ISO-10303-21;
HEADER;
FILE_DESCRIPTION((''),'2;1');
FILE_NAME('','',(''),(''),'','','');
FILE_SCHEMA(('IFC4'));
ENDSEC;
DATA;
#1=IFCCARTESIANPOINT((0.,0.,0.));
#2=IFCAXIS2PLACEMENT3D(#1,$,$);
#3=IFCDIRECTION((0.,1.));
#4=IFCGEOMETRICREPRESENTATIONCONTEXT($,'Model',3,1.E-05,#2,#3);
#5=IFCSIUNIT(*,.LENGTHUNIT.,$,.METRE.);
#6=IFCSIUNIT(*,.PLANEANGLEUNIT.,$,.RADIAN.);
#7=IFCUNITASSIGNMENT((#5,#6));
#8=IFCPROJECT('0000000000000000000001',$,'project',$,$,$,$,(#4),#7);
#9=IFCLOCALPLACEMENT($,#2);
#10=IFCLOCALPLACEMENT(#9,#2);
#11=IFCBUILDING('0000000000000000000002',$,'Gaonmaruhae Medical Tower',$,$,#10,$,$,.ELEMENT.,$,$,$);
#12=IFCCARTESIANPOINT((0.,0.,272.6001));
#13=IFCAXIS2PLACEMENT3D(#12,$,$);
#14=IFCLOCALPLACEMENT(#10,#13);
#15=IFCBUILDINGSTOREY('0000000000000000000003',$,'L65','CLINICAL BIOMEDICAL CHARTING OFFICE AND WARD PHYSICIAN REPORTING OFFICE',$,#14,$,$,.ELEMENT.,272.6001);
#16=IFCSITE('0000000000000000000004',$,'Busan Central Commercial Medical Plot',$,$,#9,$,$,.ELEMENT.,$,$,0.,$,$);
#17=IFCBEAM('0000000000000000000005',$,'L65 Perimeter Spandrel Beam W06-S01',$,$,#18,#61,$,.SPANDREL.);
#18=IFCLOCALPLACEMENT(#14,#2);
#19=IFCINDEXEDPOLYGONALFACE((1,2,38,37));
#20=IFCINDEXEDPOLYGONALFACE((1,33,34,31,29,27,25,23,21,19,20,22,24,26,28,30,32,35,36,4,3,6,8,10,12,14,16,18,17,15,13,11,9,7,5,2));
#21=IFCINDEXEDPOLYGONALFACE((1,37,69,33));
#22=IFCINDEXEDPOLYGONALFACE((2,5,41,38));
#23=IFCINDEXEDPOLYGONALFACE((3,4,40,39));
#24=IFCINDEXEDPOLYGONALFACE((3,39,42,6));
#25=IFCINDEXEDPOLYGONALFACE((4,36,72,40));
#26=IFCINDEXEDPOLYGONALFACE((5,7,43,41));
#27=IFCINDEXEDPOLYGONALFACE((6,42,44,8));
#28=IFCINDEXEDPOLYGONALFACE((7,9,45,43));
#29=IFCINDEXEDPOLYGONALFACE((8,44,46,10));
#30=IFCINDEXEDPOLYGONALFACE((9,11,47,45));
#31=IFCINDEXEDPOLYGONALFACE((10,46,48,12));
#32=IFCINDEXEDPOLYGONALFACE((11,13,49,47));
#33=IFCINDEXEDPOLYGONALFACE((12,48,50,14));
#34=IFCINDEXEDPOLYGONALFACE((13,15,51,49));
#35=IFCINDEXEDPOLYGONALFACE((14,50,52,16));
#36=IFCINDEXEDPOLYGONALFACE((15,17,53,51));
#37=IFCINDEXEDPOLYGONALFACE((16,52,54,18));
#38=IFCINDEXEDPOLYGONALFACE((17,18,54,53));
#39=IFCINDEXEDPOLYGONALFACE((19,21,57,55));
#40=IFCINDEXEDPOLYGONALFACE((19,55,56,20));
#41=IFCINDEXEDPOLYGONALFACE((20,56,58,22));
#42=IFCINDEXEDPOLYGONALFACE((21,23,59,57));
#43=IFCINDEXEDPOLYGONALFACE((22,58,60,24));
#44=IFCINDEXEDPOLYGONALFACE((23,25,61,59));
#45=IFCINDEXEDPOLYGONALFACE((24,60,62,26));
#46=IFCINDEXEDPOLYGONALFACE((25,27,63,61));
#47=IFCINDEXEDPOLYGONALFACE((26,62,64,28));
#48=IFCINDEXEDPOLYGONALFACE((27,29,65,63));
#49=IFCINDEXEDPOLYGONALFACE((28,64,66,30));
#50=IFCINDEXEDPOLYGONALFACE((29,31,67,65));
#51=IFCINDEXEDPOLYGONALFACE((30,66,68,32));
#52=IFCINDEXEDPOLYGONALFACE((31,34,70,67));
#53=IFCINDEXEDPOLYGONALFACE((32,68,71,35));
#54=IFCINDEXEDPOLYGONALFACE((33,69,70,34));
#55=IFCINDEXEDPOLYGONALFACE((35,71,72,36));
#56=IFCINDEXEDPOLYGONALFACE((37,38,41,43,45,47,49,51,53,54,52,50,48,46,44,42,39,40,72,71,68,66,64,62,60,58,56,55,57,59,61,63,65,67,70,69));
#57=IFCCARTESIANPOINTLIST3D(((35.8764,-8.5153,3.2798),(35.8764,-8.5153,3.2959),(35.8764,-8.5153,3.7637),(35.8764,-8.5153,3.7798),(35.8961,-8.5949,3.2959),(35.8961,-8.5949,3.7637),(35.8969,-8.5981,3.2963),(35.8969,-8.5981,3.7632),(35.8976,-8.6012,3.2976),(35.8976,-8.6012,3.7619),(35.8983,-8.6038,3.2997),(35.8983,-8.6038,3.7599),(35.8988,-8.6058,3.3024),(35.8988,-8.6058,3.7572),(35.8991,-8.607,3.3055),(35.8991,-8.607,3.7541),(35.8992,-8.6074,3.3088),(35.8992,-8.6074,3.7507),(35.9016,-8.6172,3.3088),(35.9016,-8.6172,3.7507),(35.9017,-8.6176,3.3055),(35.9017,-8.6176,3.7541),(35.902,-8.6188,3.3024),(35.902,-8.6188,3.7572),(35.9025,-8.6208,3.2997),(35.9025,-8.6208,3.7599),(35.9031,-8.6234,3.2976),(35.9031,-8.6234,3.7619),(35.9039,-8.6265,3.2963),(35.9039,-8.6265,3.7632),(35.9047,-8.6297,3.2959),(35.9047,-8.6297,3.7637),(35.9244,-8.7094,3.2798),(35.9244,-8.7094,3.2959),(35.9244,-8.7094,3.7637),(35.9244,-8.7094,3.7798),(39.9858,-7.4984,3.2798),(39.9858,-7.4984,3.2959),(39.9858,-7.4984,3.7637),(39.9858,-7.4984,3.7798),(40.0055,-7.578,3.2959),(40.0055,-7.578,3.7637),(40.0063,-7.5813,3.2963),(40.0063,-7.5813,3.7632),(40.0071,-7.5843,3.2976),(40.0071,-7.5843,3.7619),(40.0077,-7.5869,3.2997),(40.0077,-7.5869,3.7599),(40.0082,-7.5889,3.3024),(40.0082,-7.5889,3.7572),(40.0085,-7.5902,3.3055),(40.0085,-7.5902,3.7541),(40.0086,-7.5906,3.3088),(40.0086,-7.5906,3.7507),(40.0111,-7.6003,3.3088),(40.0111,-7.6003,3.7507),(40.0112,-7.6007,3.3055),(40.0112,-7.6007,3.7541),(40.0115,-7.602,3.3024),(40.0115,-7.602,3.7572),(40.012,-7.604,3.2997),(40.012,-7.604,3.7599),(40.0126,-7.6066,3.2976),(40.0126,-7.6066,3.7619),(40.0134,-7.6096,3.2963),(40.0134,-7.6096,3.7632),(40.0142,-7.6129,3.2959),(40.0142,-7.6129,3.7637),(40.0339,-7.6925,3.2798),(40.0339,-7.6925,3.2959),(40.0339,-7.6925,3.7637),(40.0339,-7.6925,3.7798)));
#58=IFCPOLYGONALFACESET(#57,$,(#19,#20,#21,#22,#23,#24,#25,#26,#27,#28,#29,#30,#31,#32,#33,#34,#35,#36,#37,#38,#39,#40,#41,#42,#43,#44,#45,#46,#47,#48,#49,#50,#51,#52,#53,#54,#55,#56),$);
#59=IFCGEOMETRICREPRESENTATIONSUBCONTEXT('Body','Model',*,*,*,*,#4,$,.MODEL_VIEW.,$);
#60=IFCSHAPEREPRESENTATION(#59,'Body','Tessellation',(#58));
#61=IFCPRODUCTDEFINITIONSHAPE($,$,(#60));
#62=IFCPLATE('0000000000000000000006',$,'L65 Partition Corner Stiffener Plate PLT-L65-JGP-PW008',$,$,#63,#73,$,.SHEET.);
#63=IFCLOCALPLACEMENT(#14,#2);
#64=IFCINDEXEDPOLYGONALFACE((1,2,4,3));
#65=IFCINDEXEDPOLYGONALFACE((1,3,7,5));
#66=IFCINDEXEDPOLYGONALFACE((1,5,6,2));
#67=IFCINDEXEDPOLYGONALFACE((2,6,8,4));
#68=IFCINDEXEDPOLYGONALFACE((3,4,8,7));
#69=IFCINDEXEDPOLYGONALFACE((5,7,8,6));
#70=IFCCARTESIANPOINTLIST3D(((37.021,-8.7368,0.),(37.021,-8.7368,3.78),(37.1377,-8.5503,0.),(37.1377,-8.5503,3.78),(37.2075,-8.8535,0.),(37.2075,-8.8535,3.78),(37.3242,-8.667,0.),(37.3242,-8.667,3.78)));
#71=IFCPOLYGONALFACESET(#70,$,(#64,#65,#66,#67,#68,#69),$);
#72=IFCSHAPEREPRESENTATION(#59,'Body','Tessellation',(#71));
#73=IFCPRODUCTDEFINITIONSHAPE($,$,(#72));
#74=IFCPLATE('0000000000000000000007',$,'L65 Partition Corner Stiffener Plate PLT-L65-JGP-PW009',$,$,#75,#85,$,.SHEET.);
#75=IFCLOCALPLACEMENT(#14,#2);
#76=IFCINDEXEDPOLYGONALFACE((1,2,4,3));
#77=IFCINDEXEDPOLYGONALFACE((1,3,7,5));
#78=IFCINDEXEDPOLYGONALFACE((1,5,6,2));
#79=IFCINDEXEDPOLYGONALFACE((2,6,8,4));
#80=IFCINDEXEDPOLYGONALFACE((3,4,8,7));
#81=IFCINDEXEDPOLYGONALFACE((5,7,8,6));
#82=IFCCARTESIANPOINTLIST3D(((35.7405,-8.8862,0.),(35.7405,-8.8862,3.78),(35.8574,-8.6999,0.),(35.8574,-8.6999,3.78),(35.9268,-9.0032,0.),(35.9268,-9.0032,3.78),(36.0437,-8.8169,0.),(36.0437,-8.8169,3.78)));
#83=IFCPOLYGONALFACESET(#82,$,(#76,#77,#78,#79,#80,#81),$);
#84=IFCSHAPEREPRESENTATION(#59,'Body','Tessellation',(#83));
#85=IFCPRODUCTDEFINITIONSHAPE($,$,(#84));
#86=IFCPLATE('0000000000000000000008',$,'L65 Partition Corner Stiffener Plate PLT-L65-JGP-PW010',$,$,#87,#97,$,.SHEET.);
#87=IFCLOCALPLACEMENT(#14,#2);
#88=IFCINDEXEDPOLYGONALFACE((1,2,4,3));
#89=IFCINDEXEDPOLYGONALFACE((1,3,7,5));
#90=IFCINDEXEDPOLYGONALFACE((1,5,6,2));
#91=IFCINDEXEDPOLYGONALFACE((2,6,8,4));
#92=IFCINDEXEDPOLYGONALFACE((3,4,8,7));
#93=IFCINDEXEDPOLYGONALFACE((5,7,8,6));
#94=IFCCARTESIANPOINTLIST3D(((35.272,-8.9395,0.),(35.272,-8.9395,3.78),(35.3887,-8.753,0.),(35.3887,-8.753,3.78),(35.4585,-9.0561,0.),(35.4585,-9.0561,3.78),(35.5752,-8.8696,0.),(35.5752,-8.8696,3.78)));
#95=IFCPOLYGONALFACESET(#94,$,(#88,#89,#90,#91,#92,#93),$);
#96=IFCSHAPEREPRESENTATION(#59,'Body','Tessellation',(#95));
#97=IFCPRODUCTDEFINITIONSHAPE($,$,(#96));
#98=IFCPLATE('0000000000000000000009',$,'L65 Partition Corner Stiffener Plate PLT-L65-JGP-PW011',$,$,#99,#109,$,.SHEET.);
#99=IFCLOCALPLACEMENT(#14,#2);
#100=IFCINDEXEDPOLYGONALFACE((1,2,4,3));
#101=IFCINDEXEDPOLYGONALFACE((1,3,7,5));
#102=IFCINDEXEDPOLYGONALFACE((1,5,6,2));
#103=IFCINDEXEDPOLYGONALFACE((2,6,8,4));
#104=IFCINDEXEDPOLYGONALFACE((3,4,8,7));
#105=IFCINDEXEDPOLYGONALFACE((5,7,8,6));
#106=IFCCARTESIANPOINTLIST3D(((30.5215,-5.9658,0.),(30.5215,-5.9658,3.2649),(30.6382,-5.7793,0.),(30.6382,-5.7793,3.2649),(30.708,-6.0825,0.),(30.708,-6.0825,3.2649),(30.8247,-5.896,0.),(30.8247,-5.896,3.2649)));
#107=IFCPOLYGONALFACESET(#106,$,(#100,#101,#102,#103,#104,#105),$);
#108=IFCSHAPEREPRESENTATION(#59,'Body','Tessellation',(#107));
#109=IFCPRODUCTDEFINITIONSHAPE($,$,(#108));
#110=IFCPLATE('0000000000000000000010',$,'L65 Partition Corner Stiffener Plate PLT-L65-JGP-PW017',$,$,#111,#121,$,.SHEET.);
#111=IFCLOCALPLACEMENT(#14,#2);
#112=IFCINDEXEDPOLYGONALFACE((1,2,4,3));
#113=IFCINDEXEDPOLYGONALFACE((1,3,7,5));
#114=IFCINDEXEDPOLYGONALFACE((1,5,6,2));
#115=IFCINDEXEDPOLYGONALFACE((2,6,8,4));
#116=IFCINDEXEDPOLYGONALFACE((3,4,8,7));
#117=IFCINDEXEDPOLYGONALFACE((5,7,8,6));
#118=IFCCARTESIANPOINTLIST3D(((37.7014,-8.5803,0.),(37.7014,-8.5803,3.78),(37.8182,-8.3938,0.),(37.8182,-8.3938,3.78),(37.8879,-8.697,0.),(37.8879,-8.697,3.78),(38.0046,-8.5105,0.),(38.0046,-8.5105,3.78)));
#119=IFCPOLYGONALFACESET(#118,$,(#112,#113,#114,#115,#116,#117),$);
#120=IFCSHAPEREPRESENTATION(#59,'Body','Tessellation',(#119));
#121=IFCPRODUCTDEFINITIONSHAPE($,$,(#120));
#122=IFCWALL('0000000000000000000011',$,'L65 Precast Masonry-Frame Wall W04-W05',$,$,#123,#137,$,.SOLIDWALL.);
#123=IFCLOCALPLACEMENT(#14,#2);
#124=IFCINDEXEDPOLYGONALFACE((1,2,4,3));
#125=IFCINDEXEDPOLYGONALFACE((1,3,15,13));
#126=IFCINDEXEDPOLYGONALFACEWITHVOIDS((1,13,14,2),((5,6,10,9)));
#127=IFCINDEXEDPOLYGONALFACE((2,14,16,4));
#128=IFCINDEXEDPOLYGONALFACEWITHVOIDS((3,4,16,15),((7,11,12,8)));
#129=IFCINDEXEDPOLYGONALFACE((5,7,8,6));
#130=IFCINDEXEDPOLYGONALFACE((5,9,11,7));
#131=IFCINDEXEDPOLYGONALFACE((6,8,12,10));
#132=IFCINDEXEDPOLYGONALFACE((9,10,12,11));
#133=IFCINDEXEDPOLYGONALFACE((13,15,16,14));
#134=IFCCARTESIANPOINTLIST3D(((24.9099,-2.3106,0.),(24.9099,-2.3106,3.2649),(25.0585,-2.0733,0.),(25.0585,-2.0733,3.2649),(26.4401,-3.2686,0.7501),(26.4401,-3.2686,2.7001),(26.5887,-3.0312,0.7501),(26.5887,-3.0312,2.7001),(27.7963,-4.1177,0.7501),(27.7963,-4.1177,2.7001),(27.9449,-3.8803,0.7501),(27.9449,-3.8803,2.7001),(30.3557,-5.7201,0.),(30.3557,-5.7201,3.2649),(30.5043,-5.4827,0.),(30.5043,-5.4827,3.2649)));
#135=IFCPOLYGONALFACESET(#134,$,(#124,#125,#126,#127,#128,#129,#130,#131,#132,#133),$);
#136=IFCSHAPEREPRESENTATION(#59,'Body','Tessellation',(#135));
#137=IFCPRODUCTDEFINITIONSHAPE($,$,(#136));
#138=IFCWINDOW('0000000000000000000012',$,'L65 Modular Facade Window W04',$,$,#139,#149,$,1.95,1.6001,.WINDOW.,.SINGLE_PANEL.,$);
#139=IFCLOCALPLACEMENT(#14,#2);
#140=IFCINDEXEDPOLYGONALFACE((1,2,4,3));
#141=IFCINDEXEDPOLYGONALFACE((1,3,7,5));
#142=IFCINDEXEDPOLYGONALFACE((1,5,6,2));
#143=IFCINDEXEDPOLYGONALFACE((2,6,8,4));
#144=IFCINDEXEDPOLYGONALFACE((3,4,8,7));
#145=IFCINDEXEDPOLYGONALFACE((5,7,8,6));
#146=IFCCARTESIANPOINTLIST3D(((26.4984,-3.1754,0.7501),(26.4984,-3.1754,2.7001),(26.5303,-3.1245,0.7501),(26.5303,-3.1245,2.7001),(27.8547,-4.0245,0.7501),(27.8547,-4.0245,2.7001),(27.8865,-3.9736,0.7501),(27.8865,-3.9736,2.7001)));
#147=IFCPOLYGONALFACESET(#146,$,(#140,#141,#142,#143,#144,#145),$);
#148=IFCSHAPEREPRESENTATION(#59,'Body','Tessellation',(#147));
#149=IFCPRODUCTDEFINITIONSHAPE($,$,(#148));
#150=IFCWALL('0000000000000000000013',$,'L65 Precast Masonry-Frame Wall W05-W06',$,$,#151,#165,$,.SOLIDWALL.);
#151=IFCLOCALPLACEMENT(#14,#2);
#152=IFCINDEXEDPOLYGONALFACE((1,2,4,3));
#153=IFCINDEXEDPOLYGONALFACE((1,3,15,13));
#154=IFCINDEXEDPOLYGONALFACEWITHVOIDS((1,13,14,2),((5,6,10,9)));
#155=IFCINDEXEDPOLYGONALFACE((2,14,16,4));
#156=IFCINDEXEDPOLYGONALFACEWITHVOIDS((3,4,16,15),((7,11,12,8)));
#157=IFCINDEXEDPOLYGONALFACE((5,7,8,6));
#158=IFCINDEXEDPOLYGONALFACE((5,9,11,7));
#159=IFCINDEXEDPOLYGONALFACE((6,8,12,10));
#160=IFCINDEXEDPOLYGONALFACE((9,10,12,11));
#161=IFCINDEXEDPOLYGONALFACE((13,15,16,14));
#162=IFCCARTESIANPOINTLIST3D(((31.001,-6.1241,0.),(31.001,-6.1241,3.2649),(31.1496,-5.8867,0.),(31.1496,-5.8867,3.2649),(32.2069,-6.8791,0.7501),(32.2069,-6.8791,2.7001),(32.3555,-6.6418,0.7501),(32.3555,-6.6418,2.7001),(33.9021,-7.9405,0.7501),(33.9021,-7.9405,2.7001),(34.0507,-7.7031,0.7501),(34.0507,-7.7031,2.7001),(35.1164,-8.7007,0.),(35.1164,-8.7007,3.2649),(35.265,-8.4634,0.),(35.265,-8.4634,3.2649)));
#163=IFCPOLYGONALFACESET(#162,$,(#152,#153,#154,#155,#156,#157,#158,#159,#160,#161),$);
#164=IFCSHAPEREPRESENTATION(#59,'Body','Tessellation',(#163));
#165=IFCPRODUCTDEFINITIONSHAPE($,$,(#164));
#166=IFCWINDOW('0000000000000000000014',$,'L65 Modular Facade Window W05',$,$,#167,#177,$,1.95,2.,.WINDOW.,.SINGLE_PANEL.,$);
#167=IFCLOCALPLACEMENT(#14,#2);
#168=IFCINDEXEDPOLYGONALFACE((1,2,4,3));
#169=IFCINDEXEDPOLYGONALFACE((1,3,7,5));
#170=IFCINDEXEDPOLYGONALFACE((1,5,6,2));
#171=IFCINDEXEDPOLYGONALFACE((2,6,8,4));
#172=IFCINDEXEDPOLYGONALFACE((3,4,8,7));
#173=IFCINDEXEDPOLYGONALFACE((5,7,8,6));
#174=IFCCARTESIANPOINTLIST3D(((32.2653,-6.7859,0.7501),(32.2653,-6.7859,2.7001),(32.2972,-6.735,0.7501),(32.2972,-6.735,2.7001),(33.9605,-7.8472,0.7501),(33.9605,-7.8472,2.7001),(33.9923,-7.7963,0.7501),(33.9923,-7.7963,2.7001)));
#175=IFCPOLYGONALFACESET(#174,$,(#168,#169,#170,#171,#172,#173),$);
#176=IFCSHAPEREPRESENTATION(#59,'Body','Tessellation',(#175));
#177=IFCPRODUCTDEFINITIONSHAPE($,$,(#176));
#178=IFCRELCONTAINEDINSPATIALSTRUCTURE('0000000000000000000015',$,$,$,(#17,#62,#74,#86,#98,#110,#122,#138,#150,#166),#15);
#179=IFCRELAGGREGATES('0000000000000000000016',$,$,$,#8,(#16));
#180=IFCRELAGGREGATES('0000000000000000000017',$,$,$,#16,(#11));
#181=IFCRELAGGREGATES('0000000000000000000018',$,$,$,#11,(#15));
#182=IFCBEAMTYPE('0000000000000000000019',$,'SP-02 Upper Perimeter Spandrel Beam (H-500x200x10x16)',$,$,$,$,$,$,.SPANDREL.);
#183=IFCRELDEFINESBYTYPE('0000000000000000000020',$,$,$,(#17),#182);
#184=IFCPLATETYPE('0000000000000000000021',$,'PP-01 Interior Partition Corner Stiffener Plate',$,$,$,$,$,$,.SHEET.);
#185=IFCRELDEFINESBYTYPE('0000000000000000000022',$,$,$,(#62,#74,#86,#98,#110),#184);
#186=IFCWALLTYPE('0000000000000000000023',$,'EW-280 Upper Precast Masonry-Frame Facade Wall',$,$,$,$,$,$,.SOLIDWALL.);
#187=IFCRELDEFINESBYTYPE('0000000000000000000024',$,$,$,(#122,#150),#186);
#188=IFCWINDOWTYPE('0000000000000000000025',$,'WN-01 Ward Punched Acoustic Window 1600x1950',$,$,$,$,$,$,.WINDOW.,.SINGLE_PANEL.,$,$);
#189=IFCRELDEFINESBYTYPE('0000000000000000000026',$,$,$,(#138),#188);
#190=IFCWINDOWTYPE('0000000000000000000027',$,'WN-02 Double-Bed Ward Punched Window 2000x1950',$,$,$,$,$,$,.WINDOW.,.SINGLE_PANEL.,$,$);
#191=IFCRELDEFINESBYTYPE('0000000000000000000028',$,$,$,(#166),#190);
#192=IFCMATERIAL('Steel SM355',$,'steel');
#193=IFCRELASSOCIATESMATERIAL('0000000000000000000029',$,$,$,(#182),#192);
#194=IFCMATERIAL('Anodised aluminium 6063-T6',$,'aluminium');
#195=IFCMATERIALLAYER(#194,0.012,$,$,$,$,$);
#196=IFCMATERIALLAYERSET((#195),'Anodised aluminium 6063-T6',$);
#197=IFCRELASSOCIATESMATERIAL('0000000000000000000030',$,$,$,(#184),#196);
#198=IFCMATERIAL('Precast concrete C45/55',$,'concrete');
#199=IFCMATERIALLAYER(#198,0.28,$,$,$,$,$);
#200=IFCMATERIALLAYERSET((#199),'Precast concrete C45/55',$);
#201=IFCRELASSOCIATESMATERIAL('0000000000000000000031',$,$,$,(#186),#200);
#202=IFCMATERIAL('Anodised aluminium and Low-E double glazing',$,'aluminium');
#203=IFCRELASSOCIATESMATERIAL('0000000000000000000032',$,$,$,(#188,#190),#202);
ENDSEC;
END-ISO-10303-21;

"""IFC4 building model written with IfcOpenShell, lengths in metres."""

from ifc_helpers import new_model, si_unit, direction, frame, frame_2d, origin, origin_2d, place, context, subcontext, project, spatial, rectangle, i_section, extrude, material, layer, layer_set, material_profile, profile_set, type_object, element, fill, save


model = new_model("IFC4")

# Units and contexts
model_context = context("Model", 3, precision=1e-05, world=origin(), true_north=direction((0.0, 1.0)))
body_context = subcontext(model_context, "Body", "Model", "MODEL_VIEW")
ifc_project = project(units=[si_unit("LENGTHUNIT", "METRE"), si_unit("PLANEANGLEUNIT", "RADIAN")], contexts=[model_context])

# Site, building, storey
site_placement = place(None, origin())
site = spatial("IfcSite", under=ifc_project, at=site_placement, Name="Busan Central Commercial Medical Plot", CompositionType="ELEMENT", RefElevation=0.0)
building_placement = place(site_placement, origin())
building = spatial("IfcBuilding", under=site, at=building_placement, Name="Gaonmaruhae Medical Tower", CompositionType="ELEMENT")
storey_placement = place(building_placement, frame((0.0, 0.0, 272.6001)))
storey = spatial("IfcBuildingStorey", under=building, at=storey_placement, Name="L65", Description="CLINICAL BIOMEDICAL CHARTING OFFICE AND WARD PHYSICIAN REPORTING OFFICE", CompositionType="ELEMENT", Elevation=272.6001)

# Beam
ifc_material_1 = material(Name="Steel SM355", Category="steel")
ifc_material_profile_1 = material_profile(ifc_material_1, i_section(OverallWidth=0.2, OverallDepth=0.5, WebThickness=0.01, FlangeThickness=0.0161, FilletRadius=0.0129, at=origin_2d()), Name="H-500x200x10x16")
ifc_profile_set_1 = profile_set([ifc_material_profile_1], Name="Steel SM355")
beam_type_1 = type_object("IfcBeamType", Name="SP-02 Upper Perimeter Spandrel Beam (H-500x200x10x16)", PredefinedType="SPANDREL", material=ifc_profile_set_1)
beam_1_placement = place(storey_placement, frame((35.9004, -8.6123, 3.5298), z_axis=(0.970723, 0.240201, 0.0), x_axis=(-0.240201, 0.970723, 0.0)))
element("IfcBeam", 1, at=beam_1_placement, inside=storey, type_object=beam_type_1, Name="L65 Perimeter Spandrel Beam W06-S01", PredefinedType="SPANDREL", context=body_context, shape_type="SweptSolid", body=[
    extrude(i_section(OverallWidth=0.2, OverallDepth=0.5, WebThickness=0.01, FlangeThickness=0.0161, FilletRadius=0.0129, at=origin_2d()), origin(), (0.0, 0.0, 1.0), 4.2334),
])

# Plates
ifc_material_2 = material(Name="Anodised aluminium 6063-T6", Category="aluminium")
ifc_layer_1 = layer(ifc_material_2, 0.012)
ifc_layer_set_1 = layer_set([ifc_layer_1], Name="Anodised aluminium 6063-T6")
plate_type = type_object("IfcPlateType", Name="PP-01 Interior Partition Corner Stiffener Plate", PredefinedType="SHEET", material=ifc_layer_set_1)
for number, where, z_axis, x_axis, name in (
    (2, (37.1726, -8.7019, 0.0), (0.0, 0.0, 1.0), (-0.847604, 0.53063, 0.0), "L65 Partition Corner Stiffener Plate PLT-L65-JGP-PW008"),
    (3, (35.8921, -8.8516, 0.0), (0.0, 0.0, 1.0), (-0.531679, -0.846946, 0.0), "L65 Partition Corner Stiffener Plate PLT-L65-JGP-PW009"),
    (4, (35.4236, -8.9045, 0.0), (0.0, 0.0, 1.0), (-0.847771, 0.530363, 0.0), "L65 Partition Corner Stiffener Plate PLT-L65-JGP-PW010"),
):
    element("IfcPlate", number, at=place(storey_placement, frame(where, z_axis=z_axis, x_axis=x_axis)), inside=storey, type_object=plate_type, Name=name, PredefinedType="SHEET", context=body_context, shape_type="SweptSolid", body=[
        extrude(rectangle(XDim=0.22, YDim=0.22, at=origin_2d()), origin(), (0.0, 0.0, 1.0), 3.78),
    ])
plate_1_placement = place(storey_placement, frame((30.6731, -5.9309, 0.0), z_axis=(0.0, 0.0, 1.0), x_axis=(-0.847854, 0.53023, 0.0)))
element("IfcPlate", 5, at=plate_1_placement, inside=storey, type_object=plate_type, Name="L65 Partition Corner Stiffener Plate PLT-L65-JGP-PW011", PredefinedType="SHEET", context=body_context, shape_type="SweptSolid", body=[
    extrude(rectangle(XDim=0.22, YDim=0.22, at=origin_2d()), origin(), (0.0, 0.0, 1.0), 3.2649),
])
plate_2_placement = place(storey_placement, frame((37.853, -8.5454, 0.0), z_axis=(0.0, 0.0, 1.0), x_axis=(-0.53063, -0.847604, 0.0)))
element("IfcPlate", 6, at=plate_2_placement, inside=storey, type_object=plate_type, Name="L65 Partition Corner Stiffener Plate PLT-L65-JGP-PW017", PredefinedType="SHEET", context=body_context, shape_type="SweptSolid", body=[
    extrude(rectangle(XDim=0.22, YDim=0.22, at=origin_2d()), origin(), (0.0, 0.0, 1.0), 3.78),
])

# Walls, openings, windows
ifc_material_3 = material(Name="Precast concrete C45/55", Category="concrete")
ifc_layer_2 = layer(ifc_material_3, 0.28)
ifc_layer_set_2 = layer_set([ifc_layer_2], Name="Precast concrete C45/55")
wall_type_1 = type_object("IfcWallType", Name="EW-280 Upper Precast Masonry-Frame Facade Wall", PredefinedType="SOLIDWALL", material=ifc_layer_set_2)
wall_1_placement = place(storey_placement, frame((30.4299, -5.6013, 0.0), z_axis=(0.0, 0.0, 1.0), x_axis=(-0.847592, 0.530648, 0.0)))
wall_1 = element("IfcWall", 7, at=wall_1_placement, inside=storey, type_object=wall_type_1, Name="L65 Precast Masonry-Frame Wall W04-W05", PredefinedType="SOLIDWALL", context=body_context, shape_type="SweptSolid", body=[
    extrude(rectangle(XDim=6.425, YDim=0.28, at=frame_2d((3.2124, 0.0))), origin(), (0.0, 0.0, 1.0), 3.2649),
])
opening_1_placement = place(wall_1_placement, frame((3.0195, 0.0, 0.75)))
opening_1 = element("IfcOpeningElement", 8, at=opening_1_placement, cuts=wall_1, PredefinedType="OPENING", context=body_context, shape_type="SweptSolid", body=[
    extrude(rectangle(XDim=1.6001, YDim=1.95, at=frame_2d((0.8, 0.9751))), frame((0.0, 0.1499, 0.0), z_axis=(0.0, -1.0, 0.0), x_axis=(1.0, 0.0, 0.0)), (0.0, 0.0, 1.0), 0.3),
])
ifc_material_4 = material(Name="Anodised aluminium and Low-E double glazing", Category="aluminium")
window_type_1 = type_object("IfcWindowType", Name="WN-01 Ward Punched Acoustic Window 1600x1950", PartitioningType="SINGLE_PANEL", PredefinedType="WINDOW", material=ifc_material_4)
window_1_placement = place(opening_1_placement, origin())
window_1 = element("IfcWindow", 9, at=window_1_placement, inside=storey, type_object=window_type_1, Name="L65 Modular Facade Window W04", OverallHeight=1.95, OverallWidth=1.6001, PartitioningType="SINGLE_PANEL", PredefinedType="WINDOW", context=body_context, shape_type="SweptSolid", body=[
    extrude(rectangle(XDim=1.6001, YDim=1.95, at=frame_2d((0.8, 0.9751))), frame((0.0, 0.03, 0.0), z_axis=(0.0, -1.0, 0.0), x_axis=(1.0, 0.0, 0.0)), (0.0, 0.0, 1.0), 0.0601),
])
fill(opening_1, window_1)
wall_2_placement = place(storey_placement, frame((35.1907, -8.582, 0.0), z_axis=(0.0, 0.0, 1.0), x_axis=(-0.847583, 0.530663, 0.0)))
wall_2 = element("IfcWall", 10, at=wall_2_placement, inside=storey, type_object=wall_type_1, Name="L65 Precast Masonry-Frame Wall W05-W06", PredefinedType="SOLIDWALL", context=body_context, shape_type="SweptSolid", body=[
    extrude(rectangle(XDim=4.8555, YDim=0.28, at=frame_2d((2.4277, 0.0))), origin(), (0.0, 0.0, 1.0), 3.2649),
])
opening_2_placement = place(wall_2_placement, frame((1.4326, 0.0, 0.75)))
opening_2 = element("IfcOpeningElement", 11, at=opening_2_placement, cuts=wall_2, PredefinedType="OPENING", context=body_context, shape_type="SweptSolid", body=[
    extrude(rectangle(XDim=2.0, YDim=1.95, at=frame_2d((1.0, 0.9751))), frame((0.0, 0.1499, 0.0), z_axis=(0.0, -1.0, 0.0), x_axis=(1.0, 0.0, 0.0)), (0.0, 0.0, 1.0), 0.3),
])
window_type_2 = type_object("IfcWindowType", Name="WN-02 Double-Bed Ward Punched Window 2000x1950", PartitioningType="SINGLE_PANEL", PredefinedType="WINDOW", material=ifc_material_4)
window_2_placement = place(opening_2_placement, origin())
window_2 = element("IfcWindow", 12, at=window_2_placement, inside=storey, type_object=window_type_2, Name="L65 Modular Facade Window W05", OverallHeight=1.95, OverallWidth=2.0, PartitioningType="SINGLE_PANEL", PredefinedType="WINDOW", context=body_context, shape_type="SweptSolid", body=[
    extrude(rectangle(XDim=2.0, YDim=1.95, at=frame_2d((1.0, 0.9751))), frame((0.0, 0.03, 0.0), z_axis=(0.0, -1.0, 0.0), x_axis=(1.0, 0.0, 0.0)), (0.0, 0.0, 1.0), 0.0601),
])
fill(opening_2, window_2)

save(model, "model.ifc")
